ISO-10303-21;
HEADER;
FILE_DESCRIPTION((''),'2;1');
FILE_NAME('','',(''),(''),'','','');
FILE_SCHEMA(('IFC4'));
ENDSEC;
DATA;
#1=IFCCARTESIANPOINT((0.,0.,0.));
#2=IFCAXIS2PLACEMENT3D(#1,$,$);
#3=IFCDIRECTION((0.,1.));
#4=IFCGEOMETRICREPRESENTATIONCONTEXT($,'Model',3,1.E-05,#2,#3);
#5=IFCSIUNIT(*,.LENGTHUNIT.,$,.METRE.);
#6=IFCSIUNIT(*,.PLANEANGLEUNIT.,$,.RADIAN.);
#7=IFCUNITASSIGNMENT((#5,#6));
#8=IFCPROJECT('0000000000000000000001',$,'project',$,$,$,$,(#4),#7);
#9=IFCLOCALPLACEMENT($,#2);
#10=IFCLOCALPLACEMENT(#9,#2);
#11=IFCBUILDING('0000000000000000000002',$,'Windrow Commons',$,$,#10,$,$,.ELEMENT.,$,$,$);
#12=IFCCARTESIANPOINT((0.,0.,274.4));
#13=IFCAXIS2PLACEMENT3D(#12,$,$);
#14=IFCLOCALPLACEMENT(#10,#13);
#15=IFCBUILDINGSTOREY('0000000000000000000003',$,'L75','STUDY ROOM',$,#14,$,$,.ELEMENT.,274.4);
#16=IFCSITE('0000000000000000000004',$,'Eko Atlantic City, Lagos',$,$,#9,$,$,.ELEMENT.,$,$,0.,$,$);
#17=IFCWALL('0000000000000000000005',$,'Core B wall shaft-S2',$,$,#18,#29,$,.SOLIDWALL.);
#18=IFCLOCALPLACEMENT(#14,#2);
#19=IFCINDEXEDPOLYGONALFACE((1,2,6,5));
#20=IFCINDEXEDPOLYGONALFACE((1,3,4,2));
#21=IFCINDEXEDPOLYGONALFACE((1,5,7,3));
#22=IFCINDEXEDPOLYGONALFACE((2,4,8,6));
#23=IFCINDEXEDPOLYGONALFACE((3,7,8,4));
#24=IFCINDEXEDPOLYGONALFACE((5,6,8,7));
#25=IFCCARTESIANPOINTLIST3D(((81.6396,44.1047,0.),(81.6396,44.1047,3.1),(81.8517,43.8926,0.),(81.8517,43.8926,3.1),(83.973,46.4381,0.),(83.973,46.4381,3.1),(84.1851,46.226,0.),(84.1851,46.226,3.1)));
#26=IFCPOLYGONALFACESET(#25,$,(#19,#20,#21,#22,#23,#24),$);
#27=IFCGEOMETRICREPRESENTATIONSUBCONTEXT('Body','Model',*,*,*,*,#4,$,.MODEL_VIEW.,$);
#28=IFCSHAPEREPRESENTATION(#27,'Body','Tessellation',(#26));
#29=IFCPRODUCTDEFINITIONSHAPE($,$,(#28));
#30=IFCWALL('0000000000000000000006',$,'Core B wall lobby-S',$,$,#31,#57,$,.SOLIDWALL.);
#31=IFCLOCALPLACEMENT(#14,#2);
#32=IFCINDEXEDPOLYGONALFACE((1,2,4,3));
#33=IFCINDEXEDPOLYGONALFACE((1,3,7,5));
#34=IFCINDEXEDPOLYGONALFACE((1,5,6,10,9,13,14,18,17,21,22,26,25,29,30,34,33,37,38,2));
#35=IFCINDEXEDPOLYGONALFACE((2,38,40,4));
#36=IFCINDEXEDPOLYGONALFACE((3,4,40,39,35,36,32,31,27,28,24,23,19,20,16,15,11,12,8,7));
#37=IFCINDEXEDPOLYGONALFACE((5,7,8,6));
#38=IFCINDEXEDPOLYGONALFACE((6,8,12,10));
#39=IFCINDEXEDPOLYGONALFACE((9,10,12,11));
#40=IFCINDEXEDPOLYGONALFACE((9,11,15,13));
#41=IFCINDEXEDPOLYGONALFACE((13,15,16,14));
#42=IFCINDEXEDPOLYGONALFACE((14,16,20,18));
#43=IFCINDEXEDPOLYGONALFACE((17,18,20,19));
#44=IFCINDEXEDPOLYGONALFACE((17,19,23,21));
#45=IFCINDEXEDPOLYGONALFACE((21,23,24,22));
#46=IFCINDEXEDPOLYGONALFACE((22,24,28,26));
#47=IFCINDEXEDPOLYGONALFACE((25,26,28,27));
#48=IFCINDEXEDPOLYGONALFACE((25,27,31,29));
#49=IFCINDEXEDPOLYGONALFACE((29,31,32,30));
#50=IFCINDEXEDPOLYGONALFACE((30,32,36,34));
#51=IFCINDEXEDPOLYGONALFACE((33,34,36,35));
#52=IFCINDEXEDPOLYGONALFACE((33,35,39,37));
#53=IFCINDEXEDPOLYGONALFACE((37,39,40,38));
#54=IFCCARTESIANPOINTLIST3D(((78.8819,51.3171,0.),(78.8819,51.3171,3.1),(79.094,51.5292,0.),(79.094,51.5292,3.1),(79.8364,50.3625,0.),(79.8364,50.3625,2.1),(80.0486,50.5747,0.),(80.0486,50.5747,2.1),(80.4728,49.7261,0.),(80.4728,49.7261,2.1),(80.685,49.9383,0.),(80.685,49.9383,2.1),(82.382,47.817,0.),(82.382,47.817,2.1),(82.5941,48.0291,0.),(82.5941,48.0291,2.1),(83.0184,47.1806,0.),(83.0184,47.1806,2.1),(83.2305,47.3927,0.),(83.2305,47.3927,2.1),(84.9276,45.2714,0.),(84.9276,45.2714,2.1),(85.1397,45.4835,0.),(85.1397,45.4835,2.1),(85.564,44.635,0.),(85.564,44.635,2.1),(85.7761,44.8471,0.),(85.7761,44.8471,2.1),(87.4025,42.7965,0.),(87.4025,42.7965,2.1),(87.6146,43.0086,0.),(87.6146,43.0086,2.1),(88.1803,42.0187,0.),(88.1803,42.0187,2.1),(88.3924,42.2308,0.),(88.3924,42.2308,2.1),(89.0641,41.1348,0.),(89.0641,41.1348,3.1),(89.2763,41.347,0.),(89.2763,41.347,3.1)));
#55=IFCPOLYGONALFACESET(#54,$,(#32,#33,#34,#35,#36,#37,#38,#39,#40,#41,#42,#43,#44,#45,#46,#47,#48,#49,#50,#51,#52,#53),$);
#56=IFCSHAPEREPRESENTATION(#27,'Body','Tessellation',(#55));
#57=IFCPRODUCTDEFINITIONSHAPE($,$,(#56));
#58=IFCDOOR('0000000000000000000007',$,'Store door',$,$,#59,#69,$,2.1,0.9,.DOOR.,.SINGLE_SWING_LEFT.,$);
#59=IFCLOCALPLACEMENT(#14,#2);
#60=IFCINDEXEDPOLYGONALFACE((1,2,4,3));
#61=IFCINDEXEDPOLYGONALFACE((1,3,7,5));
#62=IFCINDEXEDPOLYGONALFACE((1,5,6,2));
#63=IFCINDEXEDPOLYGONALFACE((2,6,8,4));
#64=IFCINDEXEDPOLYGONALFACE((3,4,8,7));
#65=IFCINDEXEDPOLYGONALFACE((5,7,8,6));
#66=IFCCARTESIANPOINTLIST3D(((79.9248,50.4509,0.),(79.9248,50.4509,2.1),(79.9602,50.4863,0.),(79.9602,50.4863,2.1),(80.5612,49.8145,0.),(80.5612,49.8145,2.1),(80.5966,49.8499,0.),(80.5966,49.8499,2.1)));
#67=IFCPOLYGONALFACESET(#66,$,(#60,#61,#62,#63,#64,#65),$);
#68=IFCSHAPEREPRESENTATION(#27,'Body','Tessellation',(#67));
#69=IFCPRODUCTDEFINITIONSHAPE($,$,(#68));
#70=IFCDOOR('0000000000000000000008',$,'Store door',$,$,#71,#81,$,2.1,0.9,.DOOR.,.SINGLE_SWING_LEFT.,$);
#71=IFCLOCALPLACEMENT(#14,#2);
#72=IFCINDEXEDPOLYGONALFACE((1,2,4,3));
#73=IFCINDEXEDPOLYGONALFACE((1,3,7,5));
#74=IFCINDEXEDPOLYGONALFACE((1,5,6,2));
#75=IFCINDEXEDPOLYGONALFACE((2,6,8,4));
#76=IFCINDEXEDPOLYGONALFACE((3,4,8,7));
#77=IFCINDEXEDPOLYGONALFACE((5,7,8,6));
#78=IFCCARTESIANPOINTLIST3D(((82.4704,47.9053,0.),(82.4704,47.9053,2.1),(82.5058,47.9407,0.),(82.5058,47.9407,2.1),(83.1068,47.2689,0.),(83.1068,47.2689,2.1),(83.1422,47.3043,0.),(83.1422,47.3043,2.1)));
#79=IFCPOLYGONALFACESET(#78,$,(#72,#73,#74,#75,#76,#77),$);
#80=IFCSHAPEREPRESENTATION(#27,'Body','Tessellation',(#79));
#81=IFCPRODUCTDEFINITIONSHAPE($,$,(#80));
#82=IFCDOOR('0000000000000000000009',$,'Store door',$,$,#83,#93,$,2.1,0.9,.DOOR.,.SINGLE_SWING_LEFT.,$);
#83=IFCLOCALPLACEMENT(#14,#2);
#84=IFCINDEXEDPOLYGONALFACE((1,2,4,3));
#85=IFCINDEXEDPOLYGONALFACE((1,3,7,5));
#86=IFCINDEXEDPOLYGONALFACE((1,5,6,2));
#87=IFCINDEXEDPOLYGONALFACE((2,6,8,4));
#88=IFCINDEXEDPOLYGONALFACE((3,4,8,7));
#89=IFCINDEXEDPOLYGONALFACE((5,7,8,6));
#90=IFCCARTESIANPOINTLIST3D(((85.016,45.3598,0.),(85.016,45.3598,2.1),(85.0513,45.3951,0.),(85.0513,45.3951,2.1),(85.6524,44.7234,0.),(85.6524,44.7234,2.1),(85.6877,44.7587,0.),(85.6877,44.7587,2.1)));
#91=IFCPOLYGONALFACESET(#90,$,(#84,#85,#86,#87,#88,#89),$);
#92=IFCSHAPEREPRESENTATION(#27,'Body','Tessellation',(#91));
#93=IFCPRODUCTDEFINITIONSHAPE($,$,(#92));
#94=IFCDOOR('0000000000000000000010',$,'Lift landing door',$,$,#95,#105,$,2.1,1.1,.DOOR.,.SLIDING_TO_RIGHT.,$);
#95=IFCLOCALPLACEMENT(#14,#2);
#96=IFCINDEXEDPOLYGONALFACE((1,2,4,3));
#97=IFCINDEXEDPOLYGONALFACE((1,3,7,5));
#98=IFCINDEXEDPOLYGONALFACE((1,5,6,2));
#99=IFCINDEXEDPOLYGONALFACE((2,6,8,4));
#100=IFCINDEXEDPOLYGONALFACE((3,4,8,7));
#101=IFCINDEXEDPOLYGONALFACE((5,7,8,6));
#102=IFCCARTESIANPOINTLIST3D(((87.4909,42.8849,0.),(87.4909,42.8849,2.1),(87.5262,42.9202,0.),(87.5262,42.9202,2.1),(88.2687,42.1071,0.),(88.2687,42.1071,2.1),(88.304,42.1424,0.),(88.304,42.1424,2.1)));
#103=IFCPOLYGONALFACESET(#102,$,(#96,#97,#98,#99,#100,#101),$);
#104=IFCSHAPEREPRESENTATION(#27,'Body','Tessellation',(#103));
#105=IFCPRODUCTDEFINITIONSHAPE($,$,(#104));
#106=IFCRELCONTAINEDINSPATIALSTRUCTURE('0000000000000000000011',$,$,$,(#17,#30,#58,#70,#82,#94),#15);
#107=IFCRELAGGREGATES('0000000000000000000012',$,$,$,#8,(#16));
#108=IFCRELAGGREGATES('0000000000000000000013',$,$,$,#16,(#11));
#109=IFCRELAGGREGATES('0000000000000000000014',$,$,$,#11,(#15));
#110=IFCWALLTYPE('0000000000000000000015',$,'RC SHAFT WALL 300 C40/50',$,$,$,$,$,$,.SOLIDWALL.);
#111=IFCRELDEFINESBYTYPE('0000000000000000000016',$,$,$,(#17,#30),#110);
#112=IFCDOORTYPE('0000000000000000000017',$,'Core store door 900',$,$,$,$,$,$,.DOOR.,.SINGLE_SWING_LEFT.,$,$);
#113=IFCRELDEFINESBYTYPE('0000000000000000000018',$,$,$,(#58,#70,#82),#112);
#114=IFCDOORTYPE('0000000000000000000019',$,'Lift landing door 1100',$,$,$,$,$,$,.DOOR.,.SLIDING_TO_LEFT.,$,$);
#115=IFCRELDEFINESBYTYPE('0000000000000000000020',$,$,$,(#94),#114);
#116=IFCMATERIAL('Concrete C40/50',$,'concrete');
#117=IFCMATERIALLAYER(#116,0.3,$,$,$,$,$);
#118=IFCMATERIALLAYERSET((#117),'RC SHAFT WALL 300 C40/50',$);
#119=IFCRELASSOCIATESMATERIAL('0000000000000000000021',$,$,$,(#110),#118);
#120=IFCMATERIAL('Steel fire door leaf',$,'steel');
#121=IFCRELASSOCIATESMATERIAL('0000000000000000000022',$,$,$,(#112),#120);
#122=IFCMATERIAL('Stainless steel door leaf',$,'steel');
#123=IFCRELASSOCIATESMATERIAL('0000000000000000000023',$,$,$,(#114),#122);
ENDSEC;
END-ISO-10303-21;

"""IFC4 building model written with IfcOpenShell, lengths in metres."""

from ifc_helpers import new_model, si_unit, direction, frame, frame_2d, origin, place, context, subcontext, project, spatial, rectangle, extrude, material, layer, layer_set, type_object, element, fill, save


model = new_model("IFC4")

# Units and contexts
model_context = context("Model", 3, precision=1e-05, world=origin(), true_north=direction((0.0, 1.0)))
body_context = subcontext(model_context, "Body", "Model", "MODEL_VIEW")
ifc_project = project(units=[si_unit("LENGTHUNIT", "METRE"), si_unit("PLANEANGLEUNIT", "RADIAN")], contexts=[model_context])

# Site, building, storey
site_placement = place(None, origin())
site = spatial("IfcSite", under=ifc_project, at=site_placement, Name="Eko Atlantic City, Lagos", CompositionType="ELEMENT", RefElevation=0.0)
building_placement = place(site_placement, origin())
building = spatial("IfcBuilding", under=site, at=building_placement, Name="Windrow Commons", CompositionType="ELEMENT")
storey_placement = place(building_placement, frame((0.0, 0.0, 274.4)))
storey = spatial("IfcBuildingStorey", under=building, at=storey_placement, Name="L75", Description="STUDY ROOM", CompositionType="ELEMENT", Elevation=274.4)

# Wall
ifc_material_1 = material(Name="Concrete C40/50", Category="concrete")
ifc_layer_1 = layer(ifc_material_1, 0.3)
ifc_layer_set_1 = layer_set([ifc_layer_1], Name="RC SHAFT WALL 300 C40/50")
wall_type_1 = type_object("IfcWallType", Name="RC SHAFT WALL 300 C40/50", PredefinedType="SOLIDWALL", material=ifc_layer_set_1)
wall_1_placement = place(storey_placement, frame((81.7456, 43.9986, 0.0), z_axis=(0.0, 0.0, 1.0), x_axis=(0.707107, 0.707107, 0.0)))
element("IfcWall", 1, at=wall_1_placement, inside=storey, type_object=wall_type_1, Name="Core B wall shaft-S2", PredefinedType="SOLIDWALL", context=body_context, shape_type="SweptSolid", body=[
    extrude(rectangle(XDim=3.2999, YDim=0.3, at=frame_2d((1.65, 0.0))), origin(), (0.0, 0.0, 1.0), 3.1),
])

# Wall, openings, doors
wall_2_placement = place(storey_placement, frame((78.9879, 51.4232, 0.0), z_axis=(0.0, 0.0, 1.0), x_axis=(0.707107, -0.707107, 0.0)))
wall_2 = element("IfcWall", 2, at=wall_2_placement, inside=storey, type_object=wall_type_1, Name="Core B wall lobby-S", PredefinedType="SOLIDWALL", context=body_context, shape_type="SweptSolid", body=[
    extrude(rectangle(XDim=14.3999, YDim=0.3, at=frame_2d((7.2, 0.0))), origin(), (0.0, 0.0, 1.0), 3.1),
])
opening_1_placement = place(wall_2_placement, frame((1.35, 0.0, 0.0)))
opening_1 = element("IfcOpeningElement", 3, at=opening_1_placement, cuts=wall_2, PredefinedType="OPENING", context=body_context, shape_type="SweptSolid", body=[
    extrude(rectangle(XDim=0.9, YDim=2.1, at=frame_2d((0.45, 1.05))), frame((0.0, 0.16, 0.0), z_axis=(0.0, -1.0, 0.0), x_axis=(1.0, 0.0, 0.0)), (0.0, 0.0, 1.0), 0.32),
])
opening_2_placement = place(wall_2_placement, frame((4.95, 0.0, 0.0)))
opening_2 = element("IfcOpeningElement", 4, at=opening_2_placement, cuts=wall_2, PredefinedType="OPENING", context=body_context, shape_type="SweptSolid", body=[
    extrude(rectangle(XDim=0.9, YDim=2.1, at=frame_2d((0.45, 1.05))), frame((0.0, 0.16, 0.0), z_axis=(0.0, -1.0, 0.0), x_axis=(1.0, 0.0, 0.0)), (0.0, 0.0, 1.0), 0.32),
])
opening_3_placement = place(wall_2_placement, frame((8.55, 0.0, 0.0)))
opening_3 = element("IfcOpeningElement", 5, at=opening_3_placement, cuts=wall_2, PredefinedType="OPENING", context=body_context, shape_type="SweptSolid", body=[
    extrude(rectangle(XDim=0.9, YDim=2.1, at=frame_2d((0.45, 1.05))), frame((0.0, 0.16, 0.0), z_axis=(0.0, -1.0, 0.0), x_axis=(1.0, 0.0, 0.0)), (0.0, 0.0, 1.0), 0.32),
])
opening_4_placement = place(wall_2_placement, frame((12.05, 0.0, 0.0)))
opening_4 = element("IfcOpeningElement", 6, at=opening_4_placement, cuts=wall_2, PredefinedType="OPENING", context=body_context, shape_type="SweptSolid", body=[
    extrude(rectangle(XDim=1.1, YDim=2.1, at=frame_2d((0.55, 1.05))), frame((0.0, 0.16, 0.0), z_axis=(0.0, -1.0, 0.0), x_axis=(1.0, 0.0, 0.0)), (0.0, 0.0, 1.0), 0.32),
])
ifc_material_2 = material(Name="Steel fire door leaf", Category="steel")
door_type_1 = type_object("IfcDoorType", Name="Core store door 900", OperationType="SINGLE_SWING_LEFT", PredefinedType="DOOR", material=ifc_material_2)
door_1_placement = place(opening_1_placement, origin())
door_1 = element("IfcDoor", 7, at=door_1_placement, inside=storey, type_object=door_type_1, Name="Store door", OperationType="SINGLE_SWING_LEFT", OverallHeight=2.1, OverallWidth=0.9, PredefinedType="DOOR", context=body_context, shape_type="SweptSolid", body=[
    extrude(rectangle(XDim=0.9, YDim=2.1, at=frame_2d((0.45, 1.05))), frame((0.0, 0.025, 0.0), z_axis=(0.0, -1.0, 0.0), x_axis=(1.0, 0.0, 0.0)), (0.0, 0.0, 1.0), 0.05),
])
fill(opening_1, door_1)
door_2_placement = place(opening_2_placement, origin())
door_2 = element("IfcDoor", 8, at=door_2_placement, inside=storey, type_object=door_type_1, Name="Store door", OperationType="SINGLE_SWING_LEFT", OverallHeight=2.1, OverallWidth=0.9, PredefinedType="DOOR", context=body_context, shape_type="SweptSolid", body=[
    extrude(rectangle(XDim=0.9, YDim=2.1, at=frame_2d((0.45, 1.05))), frame((0.0, 0.025, 0.0), z_axis=(0.0, -1.0, 0.0), x_axis=(1.0, 0.0, 0.0)), (0.0, 0.0, 1.0), 0.05),
])
fill(opening_2, door_2)
door_3_placement = place(opening_3_placement, origin())
door_3 = element("IfcDoor", 9, at=door_3_placement, inside=storey, type_object=door_type_1, Name="Store door", OperationType="SINGLE_SWING_LEFT", OverallHeight=2.1, OverallWidth=0.9, PredefinedType="DOOR", context=body_context, shape_type="SweptSolid", body=[
    extrude(rectangle(XDim=0.9, YDim=2.1, at=frame_2d((0.45, 1.05))), frame((0.0, 0.025, 0.0), z_axis=(0.0, -1.0, 0.0), x_axis=(1.0, 0.0, 0.0)), (0.0, 0.0, 1.0), 0.05),
])
fill(opening_3, door_3)
ifc_material_3 = material(Name="Stainless steel door leaf", Category="steel")
door_type_2 = type_object("IfcDoorType", Name="Lift landing door 1100", OperationType="SLIDING_TO_LEFT", PredefinedType="DOOR", material=ifc_material_3)
door_4_placement = place(opening_4_placement, origin())
door_4 = element("IfcDoor", 10, at=door_4_placement, inside=storey, type_object=door_type_2, Name="Lift landing door", OperationType="SLIDING_TO_RIGHT", OverallHeight=2.1, OverallWidth=1.1, PredefinedType="DOOR", context=body_context, shape_type="SweptSolid", body=[
    extrude(rectangle(XDim=1.1, YDim=2.1, at=frame_2d((0.55, 1.05))), frame((0.0, 0.025, 0.0), z_axis=(0.0, -1.0, 0.0), x_axis=(1.0, 0.0, 0.0)), (0.0, 0.0, 1.0), 0.05),
])
fill(opening_4, door_4)

save(model, "model.ifc")
